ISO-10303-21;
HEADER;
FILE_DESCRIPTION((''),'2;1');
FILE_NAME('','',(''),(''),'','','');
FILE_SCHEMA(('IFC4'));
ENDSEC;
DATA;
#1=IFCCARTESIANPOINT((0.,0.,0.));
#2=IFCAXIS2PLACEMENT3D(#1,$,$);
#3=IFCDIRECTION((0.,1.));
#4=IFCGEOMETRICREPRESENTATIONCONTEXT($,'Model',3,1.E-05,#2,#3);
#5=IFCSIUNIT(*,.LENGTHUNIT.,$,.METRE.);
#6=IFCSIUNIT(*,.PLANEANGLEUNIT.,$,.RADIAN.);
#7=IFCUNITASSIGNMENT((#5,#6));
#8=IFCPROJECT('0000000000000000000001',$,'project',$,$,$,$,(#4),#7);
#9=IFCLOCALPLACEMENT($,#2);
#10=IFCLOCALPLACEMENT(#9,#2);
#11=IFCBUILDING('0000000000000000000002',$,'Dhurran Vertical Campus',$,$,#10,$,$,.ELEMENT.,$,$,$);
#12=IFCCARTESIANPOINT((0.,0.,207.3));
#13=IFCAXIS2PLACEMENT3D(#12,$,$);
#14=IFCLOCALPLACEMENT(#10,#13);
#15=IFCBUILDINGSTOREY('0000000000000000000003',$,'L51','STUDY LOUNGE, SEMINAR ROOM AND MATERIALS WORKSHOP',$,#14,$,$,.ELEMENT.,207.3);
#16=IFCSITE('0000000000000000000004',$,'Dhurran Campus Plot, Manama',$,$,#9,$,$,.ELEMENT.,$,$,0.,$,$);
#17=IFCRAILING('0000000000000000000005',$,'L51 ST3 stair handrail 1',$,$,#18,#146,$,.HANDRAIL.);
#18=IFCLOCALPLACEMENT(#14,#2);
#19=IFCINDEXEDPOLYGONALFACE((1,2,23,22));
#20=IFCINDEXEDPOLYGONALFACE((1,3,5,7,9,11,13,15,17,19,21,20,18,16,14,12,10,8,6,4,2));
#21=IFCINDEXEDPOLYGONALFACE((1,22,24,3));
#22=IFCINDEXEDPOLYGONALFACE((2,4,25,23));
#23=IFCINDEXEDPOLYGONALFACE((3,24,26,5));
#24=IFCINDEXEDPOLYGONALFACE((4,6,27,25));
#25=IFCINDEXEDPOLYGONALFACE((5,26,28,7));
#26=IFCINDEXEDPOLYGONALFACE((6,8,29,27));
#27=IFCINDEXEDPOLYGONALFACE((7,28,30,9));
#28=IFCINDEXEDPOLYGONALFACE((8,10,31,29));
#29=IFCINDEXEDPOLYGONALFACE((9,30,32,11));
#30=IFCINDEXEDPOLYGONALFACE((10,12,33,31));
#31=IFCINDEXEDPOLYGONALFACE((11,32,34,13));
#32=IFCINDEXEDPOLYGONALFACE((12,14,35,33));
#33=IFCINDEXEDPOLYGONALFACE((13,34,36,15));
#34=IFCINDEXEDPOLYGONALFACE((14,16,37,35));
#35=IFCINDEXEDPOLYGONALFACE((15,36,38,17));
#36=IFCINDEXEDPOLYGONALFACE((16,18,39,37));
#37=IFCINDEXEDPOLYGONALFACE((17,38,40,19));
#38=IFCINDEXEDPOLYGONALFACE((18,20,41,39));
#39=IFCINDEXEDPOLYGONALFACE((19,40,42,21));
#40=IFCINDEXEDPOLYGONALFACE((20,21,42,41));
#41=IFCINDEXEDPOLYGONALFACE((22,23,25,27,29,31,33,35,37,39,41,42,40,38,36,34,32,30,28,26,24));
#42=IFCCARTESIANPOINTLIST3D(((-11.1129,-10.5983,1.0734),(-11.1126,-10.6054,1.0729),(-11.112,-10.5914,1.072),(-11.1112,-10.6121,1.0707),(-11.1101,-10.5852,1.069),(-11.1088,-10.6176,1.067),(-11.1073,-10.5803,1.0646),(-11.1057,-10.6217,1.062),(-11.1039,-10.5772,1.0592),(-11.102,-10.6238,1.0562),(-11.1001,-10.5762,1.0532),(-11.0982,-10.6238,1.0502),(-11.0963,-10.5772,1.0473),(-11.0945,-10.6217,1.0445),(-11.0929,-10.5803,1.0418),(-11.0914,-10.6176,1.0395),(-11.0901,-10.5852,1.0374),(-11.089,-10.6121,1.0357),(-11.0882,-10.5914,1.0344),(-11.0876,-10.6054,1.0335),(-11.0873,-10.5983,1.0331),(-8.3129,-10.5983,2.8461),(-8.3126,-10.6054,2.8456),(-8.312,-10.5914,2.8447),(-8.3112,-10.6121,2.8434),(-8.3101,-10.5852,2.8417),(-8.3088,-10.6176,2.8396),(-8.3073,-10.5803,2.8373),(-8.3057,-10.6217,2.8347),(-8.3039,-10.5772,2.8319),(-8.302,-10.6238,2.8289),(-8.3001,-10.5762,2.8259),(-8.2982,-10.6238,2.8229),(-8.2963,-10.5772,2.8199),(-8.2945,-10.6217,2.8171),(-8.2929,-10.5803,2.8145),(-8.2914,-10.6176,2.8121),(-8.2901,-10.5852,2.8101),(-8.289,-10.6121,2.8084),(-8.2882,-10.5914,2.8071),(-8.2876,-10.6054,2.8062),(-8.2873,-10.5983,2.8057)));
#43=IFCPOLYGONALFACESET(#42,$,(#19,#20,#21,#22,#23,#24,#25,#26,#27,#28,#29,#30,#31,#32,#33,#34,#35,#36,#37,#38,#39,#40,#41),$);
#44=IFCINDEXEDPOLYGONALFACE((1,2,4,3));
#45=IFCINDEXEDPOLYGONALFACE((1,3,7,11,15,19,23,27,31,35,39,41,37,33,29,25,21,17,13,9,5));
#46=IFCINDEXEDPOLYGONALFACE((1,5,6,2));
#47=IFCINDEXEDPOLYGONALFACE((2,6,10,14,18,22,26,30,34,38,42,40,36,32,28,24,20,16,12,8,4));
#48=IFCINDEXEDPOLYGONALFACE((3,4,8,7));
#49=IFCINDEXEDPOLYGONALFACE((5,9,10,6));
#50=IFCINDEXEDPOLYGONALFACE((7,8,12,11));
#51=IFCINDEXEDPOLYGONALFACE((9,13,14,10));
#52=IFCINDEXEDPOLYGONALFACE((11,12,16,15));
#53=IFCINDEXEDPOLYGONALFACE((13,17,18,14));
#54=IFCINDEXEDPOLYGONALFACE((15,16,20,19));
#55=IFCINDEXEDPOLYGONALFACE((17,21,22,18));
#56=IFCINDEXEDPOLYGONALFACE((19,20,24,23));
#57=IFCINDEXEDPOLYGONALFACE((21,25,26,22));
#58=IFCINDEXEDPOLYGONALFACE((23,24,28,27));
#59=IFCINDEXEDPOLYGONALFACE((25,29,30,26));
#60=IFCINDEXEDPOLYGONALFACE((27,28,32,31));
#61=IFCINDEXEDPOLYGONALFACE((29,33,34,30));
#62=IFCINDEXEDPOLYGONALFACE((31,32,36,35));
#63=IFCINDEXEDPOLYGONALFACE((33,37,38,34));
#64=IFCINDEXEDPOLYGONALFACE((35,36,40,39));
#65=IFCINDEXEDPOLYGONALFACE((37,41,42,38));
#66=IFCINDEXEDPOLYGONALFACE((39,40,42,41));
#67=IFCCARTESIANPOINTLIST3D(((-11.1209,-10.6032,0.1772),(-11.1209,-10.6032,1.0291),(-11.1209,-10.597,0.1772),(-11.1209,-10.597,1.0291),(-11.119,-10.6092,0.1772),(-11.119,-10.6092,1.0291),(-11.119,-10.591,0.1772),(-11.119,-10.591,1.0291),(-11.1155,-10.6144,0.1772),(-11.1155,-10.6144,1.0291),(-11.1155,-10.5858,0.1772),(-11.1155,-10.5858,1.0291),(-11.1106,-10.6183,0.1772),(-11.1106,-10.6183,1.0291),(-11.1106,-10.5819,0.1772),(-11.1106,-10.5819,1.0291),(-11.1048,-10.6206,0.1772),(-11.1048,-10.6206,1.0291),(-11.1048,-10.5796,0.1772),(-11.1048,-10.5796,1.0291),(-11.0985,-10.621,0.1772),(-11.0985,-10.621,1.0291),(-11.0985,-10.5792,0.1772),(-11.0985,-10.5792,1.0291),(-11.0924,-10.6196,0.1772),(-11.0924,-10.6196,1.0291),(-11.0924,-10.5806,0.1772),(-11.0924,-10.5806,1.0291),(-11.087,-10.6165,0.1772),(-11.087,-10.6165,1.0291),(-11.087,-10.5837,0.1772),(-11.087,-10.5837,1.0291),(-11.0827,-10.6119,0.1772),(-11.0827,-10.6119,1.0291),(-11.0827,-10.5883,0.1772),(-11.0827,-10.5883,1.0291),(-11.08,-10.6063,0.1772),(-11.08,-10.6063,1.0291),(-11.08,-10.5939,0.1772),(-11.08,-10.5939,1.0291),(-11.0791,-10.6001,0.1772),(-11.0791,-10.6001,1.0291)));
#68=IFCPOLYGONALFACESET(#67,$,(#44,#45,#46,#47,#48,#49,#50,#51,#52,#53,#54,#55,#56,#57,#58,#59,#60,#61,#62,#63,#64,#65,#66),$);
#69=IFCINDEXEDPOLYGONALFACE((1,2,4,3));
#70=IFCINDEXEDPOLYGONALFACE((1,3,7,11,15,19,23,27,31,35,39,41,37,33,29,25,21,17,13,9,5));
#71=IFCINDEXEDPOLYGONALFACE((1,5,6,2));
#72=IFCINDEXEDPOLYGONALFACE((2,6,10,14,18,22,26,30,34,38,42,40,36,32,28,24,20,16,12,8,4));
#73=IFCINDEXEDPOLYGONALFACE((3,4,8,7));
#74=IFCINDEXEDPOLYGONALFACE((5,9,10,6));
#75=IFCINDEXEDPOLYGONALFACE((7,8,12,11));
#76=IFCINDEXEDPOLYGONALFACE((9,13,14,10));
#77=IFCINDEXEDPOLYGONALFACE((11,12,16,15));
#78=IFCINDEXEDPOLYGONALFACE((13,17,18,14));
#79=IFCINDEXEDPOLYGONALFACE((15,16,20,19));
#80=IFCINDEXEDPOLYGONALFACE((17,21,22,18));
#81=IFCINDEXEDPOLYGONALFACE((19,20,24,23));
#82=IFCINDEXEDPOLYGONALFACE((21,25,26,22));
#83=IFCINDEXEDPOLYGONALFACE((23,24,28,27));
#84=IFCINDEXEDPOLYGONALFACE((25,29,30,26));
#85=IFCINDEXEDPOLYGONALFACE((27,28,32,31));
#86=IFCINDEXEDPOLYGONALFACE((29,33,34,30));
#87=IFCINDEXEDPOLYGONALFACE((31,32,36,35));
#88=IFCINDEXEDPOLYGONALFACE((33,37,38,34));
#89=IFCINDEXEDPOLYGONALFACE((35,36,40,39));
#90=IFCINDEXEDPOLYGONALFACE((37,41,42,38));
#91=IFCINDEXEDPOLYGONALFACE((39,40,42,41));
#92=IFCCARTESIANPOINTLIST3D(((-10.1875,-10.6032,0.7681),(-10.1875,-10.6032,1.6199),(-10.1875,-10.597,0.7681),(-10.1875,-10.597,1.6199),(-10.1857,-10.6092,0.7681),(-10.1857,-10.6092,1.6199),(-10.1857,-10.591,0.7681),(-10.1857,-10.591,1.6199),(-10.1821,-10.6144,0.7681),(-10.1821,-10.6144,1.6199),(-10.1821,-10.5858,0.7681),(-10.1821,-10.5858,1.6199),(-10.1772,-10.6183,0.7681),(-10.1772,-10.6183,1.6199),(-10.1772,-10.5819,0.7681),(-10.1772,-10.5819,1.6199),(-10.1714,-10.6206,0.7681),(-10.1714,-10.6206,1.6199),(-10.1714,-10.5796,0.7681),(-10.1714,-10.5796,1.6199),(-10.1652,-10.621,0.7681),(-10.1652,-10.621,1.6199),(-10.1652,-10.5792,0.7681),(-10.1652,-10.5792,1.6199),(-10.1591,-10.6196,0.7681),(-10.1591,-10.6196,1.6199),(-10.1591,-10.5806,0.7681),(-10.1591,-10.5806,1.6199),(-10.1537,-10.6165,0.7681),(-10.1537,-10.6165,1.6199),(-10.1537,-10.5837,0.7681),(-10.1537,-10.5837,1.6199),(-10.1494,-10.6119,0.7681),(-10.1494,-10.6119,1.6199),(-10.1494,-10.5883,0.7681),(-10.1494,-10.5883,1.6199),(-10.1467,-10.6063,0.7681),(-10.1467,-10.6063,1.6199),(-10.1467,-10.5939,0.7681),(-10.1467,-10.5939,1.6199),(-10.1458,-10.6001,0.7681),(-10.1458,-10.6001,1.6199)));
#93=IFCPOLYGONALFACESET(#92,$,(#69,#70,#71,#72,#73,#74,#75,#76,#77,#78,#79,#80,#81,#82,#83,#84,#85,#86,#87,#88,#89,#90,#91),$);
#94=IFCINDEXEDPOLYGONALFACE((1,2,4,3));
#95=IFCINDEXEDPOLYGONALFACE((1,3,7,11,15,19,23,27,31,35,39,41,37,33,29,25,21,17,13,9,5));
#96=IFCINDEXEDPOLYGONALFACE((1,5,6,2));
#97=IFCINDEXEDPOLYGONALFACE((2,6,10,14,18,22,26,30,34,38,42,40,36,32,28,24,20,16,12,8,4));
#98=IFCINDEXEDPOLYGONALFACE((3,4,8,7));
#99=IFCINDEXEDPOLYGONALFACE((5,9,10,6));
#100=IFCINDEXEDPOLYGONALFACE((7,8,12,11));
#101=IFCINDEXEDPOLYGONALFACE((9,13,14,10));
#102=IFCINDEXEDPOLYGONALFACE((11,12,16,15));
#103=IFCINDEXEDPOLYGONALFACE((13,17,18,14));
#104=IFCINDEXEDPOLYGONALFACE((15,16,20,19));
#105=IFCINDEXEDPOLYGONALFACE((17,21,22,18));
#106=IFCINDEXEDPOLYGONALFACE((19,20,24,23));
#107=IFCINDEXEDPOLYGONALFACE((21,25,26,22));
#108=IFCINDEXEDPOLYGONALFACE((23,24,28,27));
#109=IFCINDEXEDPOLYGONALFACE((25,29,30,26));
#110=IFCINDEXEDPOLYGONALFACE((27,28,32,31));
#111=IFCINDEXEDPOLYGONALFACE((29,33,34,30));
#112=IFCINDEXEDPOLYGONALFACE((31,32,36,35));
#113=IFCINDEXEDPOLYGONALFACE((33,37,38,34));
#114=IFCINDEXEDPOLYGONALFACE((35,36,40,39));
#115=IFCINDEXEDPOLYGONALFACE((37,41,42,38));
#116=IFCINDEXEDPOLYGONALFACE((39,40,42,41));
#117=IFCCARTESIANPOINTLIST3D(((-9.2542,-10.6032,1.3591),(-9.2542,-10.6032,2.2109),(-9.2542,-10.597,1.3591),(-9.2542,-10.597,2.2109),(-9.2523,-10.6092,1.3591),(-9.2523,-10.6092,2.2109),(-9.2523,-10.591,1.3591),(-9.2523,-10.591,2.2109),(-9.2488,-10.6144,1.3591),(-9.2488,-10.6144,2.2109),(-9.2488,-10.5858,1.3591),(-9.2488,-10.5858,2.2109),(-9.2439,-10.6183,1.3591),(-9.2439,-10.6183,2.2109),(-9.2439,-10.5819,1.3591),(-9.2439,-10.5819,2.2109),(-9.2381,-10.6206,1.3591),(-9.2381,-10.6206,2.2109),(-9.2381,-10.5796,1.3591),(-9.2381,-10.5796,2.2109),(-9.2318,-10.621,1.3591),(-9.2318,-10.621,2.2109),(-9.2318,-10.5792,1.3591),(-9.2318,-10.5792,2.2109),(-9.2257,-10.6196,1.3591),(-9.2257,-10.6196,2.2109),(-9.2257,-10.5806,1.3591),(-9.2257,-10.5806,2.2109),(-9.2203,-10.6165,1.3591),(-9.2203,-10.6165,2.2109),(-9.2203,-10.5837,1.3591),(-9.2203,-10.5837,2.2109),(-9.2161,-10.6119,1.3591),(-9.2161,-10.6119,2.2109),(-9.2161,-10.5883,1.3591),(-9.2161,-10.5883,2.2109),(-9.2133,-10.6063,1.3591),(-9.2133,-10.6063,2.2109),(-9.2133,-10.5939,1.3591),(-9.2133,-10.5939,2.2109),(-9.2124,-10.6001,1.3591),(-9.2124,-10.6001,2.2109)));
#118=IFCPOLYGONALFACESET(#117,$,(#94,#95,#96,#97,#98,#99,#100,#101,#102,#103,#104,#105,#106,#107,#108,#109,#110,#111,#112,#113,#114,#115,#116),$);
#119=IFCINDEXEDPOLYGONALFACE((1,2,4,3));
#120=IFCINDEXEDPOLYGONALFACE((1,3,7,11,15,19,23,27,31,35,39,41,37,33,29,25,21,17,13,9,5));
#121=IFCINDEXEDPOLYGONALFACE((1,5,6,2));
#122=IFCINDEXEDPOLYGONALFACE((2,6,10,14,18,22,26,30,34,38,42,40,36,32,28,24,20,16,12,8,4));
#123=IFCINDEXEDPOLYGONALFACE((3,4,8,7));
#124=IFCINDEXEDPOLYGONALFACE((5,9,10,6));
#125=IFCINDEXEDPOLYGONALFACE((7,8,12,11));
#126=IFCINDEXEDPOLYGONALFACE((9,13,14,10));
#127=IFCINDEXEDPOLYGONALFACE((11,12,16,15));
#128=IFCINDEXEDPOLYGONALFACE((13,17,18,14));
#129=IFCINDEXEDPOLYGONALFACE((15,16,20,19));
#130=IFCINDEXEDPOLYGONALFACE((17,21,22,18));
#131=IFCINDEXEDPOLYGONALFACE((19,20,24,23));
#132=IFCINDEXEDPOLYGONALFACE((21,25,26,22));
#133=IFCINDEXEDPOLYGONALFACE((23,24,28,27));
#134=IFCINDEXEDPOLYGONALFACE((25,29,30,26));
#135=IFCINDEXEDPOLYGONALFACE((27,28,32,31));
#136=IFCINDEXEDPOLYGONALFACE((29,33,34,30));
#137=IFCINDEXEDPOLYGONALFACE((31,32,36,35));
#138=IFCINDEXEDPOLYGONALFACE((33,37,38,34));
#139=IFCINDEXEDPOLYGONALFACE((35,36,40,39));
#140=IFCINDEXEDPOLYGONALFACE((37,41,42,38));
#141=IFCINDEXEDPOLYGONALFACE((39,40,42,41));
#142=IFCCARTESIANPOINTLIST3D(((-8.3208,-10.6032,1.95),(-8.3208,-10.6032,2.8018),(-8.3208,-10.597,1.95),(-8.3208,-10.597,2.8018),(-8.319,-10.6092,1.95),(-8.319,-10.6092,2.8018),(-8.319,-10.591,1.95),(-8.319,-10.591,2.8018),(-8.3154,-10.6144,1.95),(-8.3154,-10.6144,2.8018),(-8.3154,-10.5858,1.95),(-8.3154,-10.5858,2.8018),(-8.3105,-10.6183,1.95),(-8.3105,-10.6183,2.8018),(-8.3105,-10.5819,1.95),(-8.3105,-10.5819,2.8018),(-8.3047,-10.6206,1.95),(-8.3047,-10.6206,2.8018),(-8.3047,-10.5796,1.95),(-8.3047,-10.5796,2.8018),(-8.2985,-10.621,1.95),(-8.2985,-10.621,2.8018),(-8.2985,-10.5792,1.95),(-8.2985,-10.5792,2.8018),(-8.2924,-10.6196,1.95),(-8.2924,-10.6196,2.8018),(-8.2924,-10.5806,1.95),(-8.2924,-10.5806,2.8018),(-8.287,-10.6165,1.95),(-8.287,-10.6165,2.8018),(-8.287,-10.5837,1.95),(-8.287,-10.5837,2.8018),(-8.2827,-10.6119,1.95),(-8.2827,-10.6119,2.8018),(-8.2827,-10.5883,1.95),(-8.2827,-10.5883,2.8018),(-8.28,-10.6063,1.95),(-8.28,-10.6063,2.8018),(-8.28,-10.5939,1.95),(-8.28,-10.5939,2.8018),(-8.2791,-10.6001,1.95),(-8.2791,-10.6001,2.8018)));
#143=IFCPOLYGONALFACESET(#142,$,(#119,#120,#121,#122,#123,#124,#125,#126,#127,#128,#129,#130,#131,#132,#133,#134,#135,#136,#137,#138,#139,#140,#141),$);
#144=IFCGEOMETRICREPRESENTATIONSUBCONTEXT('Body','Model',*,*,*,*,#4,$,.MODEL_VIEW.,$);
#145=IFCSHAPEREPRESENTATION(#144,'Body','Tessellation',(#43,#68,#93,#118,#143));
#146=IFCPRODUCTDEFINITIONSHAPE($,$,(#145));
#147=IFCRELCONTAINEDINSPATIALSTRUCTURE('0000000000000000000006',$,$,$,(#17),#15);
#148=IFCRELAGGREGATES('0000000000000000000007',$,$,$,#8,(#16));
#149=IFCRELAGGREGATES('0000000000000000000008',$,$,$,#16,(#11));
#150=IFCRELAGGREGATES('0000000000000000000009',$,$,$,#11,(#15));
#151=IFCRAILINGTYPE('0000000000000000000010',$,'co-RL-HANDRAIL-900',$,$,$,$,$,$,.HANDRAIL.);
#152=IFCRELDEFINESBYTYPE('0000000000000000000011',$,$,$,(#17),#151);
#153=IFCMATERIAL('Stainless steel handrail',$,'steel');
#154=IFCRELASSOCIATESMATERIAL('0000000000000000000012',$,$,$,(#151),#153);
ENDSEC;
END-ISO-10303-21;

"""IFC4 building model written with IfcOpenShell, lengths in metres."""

from ifc_helpers import new_model, si_unit, direction, frame, origin, origin_2d, place, context, subcontext, project, spatial, circle, extrude, material, type_object, element, save


model = new_model("IFC4")

# Units and contexts
model_context = context("Model", 3, precision=1e-05, world=origin(), true_north=direction((0.0, 1.0)))
body_context = subcontext(model_context, "Body", "Model", "MODEL_VIEW")
ifc_project = project(units=[si_unit("LENGTHUNIT", "METRE"), si_unit("PLANEANGLEUNIT", "RADIAN")], contexts=[model_context])

# Site, building, storey
site_placement = place(None, origin())
site = spatial("IfcSite", under=ifc_project, at=site_placement, Name="Dhurran Campus Plot, Manama", CompositionType="ELEMENT", RefElevation=0.0)
building_placement = place(site_placement, origin())
building = spatial("IfcBuilding", under=site, at=building_placement, Name="Dhurran Vertical Campus", CompositionType="ELEMENT")
storey_placement = place(building_placement, frame((0.0, 0.0, 207.3)))
storey = spatial("IfcBuildingStorey", under=building, at=storey_placement, Name="L51", Description="STUDY LOUNGE, SEMINAR ROOM AND MATERIALS WORKSHOP", CompositionType="ELEMENT", Elevation=207.3)

# Railing
ifc_material_1 = material(Name="Stainless steel handrail", Category="steel")
railing_type_1 = type_object("IfcRailingType", Name="co-RL-HANDRAIL-900", PredefinedType="HANDRAIL", material=ifc_material_1)
railing_1_placement = place(storey_placement, frame((-11.1001, -10.6001, 0.1772)))
element("IfcRailing", 1, at=railing_1_placement, inside=storey, type_object=railing_type_1, Name="L51 ST3 stair handrail 1", PredefinedType="HANDRAIL", context=body_context, shape_type="SweptSolid", body=[
    extrude(circle(Radius=0.0239, at=origin_2d()), frame((0.0, 0.0, 0.876), z_axis=(0.844909, 0.0, 0.53491), x_axis=(0.0, 1.0, 0.0)), (0.0, 0.0, 1.0), 3.314),
    extrude(circle(Radius=0.021, at=origin_2d()), origin(), (0.0, 0.0, 1.0), 0.8518),
    extrude(circle(Radius=0.021, at=origin_2d()), frame((0.9333, 0.0, 0.5908)), (0.0, 0.0, 1.0), 0.8518),
    extrude(circle(Radius=0.021, at=origin_2d()), frame((1.8667, 0.0, 1.1819)), (0.0, 0.0, 1.0), 0.8518),
    extrude(circle(Radius=0.021, at=origin_2d()), frame((2.8, 0.0, 1.7727)), (0.0, 0.0, 1.0), 0.8518),
])

save(model, "model.ifc")
